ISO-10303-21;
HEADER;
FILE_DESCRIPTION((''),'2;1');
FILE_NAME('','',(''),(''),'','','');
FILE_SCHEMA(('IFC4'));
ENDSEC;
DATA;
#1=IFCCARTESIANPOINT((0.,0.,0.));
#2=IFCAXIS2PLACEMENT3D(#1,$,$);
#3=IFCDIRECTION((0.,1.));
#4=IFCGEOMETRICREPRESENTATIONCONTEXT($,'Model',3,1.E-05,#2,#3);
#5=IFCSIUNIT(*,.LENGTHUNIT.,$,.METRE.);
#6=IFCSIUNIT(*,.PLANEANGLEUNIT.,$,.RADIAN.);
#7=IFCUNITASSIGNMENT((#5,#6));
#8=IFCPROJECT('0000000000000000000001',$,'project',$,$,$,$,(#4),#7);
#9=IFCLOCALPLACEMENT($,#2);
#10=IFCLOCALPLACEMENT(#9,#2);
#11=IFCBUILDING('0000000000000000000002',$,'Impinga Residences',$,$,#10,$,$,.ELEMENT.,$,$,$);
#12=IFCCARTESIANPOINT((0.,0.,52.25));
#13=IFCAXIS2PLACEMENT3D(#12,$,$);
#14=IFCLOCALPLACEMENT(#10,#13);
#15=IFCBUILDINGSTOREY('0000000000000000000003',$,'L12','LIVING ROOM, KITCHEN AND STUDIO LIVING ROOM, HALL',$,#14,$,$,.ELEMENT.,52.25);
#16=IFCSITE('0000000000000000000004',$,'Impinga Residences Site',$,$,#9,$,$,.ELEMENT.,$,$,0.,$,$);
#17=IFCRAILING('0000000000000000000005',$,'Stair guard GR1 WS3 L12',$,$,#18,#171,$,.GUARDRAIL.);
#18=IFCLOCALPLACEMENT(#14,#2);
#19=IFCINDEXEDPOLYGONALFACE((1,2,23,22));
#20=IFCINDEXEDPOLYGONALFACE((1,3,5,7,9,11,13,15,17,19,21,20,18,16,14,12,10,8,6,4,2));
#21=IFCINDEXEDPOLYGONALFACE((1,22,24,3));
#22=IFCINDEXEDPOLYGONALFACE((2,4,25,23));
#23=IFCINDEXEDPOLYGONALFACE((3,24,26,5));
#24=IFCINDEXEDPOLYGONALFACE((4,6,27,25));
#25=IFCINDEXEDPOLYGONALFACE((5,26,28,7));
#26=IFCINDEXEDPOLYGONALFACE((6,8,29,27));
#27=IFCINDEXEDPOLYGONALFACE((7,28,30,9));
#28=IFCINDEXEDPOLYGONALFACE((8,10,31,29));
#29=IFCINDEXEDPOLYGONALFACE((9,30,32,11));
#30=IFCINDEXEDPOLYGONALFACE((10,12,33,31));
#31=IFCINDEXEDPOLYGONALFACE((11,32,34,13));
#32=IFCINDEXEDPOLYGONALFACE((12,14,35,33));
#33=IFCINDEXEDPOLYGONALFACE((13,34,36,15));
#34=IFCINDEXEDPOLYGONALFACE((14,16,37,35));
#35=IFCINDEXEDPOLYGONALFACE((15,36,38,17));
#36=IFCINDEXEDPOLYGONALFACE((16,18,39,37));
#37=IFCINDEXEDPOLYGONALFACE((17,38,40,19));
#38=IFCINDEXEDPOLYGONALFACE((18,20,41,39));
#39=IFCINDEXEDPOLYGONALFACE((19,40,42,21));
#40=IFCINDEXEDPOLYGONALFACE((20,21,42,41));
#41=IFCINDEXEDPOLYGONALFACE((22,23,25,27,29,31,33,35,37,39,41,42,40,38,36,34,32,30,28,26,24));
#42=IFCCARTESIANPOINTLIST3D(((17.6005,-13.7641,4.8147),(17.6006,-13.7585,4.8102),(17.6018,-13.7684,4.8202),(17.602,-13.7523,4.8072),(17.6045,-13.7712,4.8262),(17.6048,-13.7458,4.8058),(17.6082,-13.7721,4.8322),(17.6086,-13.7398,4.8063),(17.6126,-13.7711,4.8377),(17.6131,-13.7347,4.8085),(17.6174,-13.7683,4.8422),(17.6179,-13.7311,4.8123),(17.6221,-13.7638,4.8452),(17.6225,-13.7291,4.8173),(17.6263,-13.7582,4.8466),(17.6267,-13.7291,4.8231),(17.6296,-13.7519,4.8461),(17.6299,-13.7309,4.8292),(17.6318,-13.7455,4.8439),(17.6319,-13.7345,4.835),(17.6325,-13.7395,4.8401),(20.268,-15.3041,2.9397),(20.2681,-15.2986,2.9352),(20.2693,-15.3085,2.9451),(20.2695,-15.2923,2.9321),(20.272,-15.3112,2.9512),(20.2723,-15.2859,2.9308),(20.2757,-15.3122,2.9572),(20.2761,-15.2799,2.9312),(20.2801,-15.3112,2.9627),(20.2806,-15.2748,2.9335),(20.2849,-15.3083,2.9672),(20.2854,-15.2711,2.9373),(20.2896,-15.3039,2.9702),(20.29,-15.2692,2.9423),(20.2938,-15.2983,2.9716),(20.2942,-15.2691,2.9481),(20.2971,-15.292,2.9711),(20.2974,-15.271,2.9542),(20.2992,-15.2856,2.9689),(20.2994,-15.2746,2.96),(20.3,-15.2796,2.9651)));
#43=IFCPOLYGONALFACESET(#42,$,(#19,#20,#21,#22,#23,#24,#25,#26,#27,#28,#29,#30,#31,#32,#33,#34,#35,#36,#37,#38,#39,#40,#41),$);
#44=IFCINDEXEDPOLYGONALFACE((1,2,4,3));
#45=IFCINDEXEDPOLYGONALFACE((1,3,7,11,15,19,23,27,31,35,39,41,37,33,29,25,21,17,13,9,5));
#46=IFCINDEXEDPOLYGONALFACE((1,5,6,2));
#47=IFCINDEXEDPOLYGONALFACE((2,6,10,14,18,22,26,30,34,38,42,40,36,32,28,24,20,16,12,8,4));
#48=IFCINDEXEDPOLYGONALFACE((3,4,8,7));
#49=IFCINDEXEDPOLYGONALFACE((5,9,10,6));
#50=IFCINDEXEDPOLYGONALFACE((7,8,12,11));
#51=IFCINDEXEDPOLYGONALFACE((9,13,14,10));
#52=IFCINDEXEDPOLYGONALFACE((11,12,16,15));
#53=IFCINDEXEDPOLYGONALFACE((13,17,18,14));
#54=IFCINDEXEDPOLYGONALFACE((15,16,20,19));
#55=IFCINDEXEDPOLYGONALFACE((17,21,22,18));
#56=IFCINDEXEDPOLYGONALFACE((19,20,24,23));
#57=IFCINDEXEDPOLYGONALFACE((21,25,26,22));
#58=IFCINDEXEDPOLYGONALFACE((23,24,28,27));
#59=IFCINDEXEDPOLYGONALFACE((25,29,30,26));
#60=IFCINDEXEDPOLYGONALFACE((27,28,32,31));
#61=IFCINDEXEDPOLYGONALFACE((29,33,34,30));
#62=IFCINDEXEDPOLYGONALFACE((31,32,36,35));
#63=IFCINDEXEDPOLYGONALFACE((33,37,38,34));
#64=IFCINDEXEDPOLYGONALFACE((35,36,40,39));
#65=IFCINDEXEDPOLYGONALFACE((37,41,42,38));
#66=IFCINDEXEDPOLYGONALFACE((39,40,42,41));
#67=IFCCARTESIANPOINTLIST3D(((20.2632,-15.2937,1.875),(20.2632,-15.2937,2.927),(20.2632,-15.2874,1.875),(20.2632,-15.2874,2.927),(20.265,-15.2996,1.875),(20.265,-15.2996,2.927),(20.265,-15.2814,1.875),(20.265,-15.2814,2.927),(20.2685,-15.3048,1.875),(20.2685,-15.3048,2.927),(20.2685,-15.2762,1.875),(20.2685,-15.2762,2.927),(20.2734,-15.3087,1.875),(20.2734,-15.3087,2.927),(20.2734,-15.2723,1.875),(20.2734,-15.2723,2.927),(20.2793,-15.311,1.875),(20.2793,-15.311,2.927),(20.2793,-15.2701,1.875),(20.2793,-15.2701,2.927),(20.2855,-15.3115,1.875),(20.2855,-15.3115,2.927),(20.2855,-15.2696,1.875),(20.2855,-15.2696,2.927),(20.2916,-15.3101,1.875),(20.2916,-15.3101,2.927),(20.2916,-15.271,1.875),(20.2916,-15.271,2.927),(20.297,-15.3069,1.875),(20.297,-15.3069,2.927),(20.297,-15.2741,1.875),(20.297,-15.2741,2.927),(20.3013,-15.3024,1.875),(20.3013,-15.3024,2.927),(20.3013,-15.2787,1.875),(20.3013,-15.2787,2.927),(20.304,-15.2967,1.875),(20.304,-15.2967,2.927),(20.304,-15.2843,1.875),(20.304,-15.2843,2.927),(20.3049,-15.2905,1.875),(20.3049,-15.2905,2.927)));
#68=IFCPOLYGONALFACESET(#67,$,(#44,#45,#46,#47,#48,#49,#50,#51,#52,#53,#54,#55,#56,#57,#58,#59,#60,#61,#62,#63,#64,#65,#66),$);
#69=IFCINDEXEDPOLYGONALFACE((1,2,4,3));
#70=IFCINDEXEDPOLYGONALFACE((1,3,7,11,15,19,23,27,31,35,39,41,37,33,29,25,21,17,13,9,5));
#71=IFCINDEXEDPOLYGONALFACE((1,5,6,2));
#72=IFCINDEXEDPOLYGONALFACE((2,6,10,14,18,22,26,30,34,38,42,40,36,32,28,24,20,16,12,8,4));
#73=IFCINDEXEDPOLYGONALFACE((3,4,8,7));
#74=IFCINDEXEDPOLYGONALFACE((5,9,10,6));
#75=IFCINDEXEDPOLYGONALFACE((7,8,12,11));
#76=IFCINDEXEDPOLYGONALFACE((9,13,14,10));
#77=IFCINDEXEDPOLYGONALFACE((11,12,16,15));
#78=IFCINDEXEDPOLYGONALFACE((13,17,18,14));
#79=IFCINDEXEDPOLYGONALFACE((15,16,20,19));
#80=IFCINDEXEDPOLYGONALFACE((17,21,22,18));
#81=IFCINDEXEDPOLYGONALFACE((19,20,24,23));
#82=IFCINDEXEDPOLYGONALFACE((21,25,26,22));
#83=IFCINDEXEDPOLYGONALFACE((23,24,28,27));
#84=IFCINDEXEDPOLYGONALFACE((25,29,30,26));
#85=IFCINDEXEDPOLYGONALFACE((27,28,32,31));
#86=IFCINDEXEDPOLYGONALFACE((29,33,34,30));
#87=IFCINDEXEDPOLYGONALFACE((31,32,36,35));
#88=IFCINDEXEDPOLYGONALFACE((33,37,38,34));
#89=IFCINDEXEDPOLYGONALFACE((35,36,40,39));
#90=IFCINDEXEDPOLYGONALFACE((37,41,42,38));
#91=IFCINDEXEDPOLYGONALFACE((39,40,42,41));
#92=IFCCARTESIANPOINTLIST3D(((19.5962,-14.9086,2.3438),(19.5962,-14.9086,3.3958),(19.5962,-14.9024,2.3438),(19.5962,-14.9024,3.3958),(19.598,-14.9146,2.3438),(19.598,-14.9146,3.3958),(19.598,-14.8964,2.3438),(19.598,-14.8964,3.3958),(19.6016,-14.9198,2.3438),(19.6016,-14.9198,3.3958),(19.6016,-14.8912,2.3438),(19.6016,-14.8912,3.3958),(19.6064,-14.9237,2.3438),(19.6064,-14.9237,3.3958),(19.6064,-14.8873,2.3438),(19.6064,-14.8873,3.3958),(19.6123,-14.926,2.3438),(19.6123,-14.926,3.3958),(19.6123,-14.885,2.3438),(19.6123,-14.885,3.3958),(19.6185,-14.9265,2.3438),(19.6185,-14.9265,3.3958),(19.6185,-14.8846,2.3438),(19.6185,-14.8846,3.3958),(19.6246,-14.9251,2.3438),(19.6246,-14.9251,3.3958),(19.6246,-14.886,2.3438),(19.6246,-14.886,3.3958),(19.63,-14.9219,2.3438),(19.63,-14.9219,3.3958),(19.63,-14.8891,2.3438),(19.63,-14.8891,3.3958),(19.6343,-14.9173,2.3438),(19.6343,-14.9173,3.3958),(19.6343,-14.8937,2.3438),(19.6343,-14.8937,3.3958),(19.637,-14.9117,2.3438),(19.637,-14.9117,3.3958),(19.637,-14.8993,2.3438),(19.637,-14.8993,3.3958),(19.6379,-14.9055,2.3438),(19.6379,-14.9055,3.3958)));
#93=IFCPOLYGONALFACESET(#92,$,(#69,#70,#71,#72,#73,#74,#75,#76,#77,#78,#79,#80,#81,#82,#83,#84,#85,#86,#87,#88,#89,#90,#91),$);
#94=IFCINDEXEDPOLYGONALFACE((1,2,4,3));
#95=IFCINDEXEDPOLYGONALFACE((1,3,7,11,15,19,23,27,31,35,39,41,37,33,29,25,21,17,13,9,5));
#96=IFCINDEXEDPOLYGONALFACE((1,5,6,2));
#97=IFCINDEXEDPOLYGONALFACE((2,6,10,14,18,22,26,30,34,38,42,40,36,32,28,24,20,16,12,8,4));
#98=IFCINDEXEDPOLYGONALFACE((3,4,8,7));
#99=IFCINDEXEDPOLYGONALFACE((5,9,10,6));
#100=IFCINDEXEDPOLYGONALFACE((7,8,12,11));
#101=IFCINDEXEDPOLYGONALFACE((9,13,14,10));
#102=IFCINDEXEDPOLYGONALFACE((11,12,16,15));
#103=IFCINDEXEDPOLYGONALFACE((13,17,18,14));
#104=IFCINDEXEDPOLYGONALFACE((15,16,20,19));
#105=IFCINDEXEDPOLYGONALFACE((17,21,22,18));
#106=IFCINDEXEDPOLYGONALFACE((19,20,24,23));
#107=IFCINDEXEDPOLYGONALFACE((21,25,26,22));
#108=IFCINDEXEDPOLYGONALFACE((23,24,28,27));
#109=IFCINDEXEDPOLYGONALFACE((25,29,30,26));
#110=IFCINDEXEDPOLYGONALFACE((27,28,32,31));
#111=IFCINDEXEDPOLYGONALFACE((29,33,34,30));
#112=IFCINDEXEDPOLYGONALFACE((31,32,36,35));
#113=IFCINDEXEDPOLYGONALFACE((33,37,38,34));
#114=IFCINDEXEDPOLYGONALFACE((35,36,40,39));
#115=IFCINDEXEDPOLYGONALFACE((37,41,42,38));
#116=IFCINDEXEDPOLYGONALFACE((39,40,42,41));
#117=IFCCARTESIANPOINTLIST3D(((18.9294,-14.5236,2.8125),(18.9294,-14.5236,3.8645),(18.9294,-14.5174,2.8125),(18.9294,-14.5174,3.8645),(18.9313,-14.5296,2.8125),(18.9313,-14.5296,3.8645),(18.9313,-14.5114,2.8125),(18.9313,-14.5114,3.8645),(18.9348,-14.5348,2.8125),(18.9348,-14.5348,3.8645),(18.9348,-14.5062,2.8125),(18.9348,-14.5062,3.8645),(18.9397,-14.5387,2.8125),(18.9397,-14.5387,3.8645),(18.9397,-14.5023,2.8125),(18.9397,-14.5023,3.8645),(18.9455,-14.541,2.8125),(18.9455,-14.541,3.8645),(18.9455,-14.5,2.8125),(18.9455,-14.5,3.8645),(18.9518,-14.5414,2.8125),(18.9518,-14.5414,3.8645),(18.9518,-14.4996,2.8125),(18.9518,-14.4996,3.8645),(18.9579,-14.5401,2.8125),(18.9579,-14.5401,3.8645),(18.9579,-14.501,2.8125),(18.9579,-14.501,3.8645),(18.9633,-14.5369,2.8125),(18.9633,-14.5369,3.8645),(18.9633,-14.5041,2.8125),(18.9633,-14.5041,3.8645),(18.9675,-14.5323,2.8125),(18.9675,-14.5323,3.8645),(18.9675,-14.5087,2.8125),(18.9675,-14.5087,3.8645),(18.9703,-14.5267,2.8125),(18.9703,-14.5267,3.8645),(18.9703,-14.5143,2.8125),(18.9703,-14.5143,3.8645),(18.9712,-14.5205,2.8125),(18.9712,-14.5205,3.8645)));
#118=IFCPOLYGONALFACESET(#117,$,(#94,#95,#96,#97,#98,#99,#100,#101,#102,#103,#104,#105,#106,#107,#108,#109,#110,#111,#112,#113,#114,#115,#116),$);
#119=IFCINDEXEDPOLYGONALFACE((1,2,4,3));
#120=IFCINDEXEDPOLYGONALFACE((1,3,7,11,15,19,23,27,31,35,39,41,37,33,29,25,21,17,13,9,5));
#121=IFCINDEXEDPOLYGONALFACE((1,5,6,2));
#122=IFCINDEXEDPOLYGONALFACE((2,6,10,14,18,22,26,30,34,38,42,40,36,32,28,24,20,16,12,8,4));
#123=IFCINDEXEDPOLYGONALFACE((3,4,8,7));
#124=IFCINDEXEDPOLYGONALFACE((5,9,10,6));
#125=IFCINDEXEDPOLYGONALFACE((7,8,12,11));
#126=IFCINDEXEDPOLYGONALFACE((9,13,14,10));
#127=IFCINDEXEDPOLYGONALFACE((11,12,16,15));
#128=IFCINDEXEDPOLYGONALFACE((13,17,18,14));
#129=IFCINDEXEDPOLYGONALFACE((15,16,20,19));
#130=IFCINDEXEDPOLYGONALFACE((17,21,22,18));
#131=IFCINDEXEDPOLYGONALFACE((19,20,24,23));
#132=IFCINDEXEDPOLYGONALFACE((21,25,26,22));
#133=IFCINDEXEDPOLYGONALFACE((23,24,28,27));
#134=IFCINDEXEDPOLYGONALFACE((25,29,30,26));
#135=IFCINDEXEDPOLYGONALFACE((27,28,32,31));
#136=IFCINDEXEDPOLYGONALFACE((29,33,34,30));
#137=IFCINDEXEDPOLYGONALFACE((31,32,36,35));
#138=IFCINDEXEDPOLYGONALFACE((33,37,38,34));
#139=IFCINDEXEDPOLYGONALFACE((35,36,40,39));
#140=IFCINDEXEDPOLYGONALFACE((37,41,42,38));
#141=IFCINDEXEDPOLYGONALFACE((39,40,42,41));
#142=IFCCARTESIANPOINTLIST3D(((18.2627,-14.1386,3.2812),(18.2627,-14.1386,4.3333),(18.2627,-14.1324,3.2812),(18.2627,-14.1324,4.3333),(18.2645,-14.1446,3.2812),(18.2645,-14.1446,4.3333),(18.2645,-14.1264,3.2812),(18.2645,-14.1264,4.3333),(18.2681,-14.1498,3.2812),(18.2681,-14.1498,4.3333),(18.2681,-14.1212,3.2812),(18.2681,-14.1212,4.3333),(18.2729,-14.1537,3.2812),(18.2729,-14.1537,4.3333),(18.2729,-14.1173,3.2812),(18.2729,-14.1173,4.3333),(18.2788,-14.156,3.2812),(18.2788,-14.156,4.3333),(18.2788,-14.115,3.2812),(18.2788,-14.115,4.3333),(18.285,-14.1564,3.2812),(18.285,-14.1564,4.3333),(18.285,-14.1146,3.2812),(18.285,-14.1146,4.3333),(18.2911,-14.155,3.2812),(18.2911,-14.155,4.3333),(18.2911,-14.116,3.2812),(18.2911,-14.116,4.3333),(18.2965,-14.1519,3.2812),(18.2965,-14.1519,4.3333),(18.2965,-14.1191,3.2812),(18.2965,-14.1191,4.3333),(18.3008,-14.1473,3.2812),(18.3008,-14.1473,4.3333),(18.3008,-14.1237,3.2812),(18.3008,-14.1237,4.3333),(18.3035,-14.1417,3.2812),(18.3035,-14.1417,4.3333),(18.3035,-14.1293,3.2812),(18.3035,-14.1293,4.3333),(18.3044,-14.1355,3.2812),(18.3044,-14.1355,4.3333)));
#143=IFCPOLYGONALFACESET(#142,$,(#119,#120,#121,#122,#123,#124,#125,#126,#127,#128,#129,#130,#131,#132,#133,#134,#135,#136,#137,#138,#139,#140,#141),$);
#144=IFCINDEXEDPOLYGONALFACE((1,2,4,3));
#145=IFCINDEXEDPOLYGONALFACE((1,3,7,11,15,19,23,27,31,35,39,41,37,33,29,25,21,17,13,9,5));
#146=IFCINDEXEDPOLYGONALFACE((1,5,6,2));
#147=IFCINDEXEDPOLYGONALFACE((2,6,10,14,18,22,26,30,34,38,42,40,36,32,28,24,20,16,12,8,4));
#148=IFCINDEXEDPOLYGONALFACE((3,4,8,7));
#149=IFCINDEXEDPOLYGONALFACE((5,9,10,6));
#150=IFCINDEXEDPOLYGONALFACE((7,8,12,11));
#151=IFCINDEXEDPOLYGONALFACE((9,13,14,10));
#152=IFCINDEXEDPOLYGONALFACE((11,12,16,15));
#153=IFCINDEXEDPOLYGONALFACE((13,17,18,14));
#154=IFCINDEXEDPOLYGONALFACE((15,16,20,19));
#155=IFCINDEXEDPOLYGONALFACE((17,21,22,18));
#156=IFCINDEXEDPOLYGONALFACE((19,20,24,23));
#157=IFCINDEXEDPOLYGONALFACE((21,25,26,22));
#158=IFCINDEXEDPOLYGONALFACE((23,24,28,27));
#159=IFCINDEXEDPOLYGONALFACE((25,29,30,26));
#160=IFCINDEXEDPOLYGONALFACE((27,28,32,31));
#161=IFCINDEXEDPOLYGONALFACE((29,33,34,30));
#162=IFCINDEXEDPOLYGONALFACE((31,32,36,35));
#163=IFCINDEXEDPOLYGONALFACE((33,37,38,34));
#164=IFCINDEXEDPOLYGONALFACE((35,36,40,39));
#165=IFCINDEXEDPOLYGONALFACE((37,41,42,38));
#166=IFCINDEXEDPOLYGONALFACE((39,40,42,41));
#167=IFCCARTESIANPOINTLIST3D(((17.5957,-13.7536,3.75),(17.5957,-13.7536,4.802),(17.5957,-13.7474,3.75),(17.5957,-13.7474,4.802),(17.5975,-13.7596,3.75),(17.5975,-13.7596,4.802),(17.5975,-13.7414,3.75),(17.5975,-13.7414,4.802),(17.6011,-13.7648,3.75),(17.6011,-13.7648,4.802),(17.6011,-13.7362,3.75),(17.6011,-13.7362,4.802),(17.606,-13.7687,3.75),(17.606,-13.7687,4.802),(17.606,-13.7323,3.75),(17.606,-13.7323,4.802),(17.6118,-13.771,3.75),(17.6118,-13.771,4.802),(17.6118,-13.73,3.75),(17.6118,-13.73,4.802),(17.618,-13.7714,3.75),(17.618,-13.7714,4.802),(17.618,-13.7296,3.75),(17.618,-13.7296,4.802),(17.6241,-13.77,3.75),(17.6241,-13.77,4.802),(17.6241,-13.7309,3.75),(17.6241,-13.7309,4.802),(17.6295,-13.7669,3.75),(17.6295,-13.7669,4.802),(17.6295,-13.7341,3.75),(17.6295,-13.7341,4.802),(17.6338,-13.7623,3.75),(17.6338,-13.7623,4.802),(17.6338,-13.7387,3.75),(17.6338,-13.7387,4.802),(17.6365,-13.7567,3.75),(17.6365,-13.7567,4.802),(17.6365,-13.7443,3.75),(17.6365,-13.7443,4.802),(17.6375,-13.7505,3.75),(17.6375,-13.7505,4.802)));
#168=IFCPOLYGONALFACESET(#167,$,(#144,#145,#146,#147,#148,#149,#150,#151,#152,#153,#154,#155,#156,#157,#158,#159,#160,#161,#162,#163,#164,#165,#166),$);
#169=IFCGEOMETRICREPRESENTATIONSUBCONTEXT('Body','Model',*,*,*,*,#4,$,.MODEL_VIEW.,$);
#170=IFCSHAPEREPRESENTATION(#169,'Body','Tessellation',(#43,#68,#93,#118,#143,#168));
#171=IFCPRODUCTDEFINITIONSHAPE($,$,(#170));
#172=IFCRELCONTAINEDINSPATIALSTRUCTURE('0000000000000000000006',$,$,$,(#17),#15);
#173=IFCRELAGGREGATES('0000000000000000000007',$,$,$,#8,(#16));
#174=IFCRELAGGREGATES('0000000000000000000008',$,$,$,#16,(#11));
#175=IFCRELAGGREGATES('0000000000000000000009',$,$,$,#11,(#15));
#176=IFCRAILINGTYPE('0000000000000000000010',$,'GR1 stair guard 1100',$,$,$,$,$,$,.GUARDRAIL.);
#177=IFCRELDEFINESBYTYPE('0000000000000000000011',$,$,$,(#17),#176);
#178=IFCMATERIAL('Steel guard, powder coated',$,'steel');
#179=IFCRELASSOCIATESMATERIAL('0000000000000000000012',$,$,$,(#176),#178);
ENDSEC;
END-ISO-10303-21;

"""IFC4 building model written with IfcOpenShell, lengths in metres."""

from ifc_helpers import new_model, si_unit, direction, frame, origin, origin_2d, place, context, subcontext, project, spatial, circle, extrude, material, type_object, element, save


model = new_model("IFC4")

# Units and contexts
model_context = context("Model", 3, precision=1e-05, world=origin(), true_north=direction((0.0, 1.0)))
body_context = subcontext(model_context, "Body", "Model", "MODEL_VIEW")
ifc_project = project(units=[si_unit("LENGTHUNIT", "METRE"), si_unit("PLANEANGLEUNIT", "RADIAN")], contexts=[model_context])

# Site, building, storey
site_placement = place(None, origin())
site = spatial("IfcSite", under=ifc_project, at=site_placement, Name="Impinga Residences Site", CompositionType="ELEMENT", RefElevation=0.0)
building_placement = place(site_placement, origin())
building = spatial("IfcBuilding", under=site, at=building_placement, Name="Impinga Residences", CompositionType="ELEMENT")
storey_placement = place(building_placement, frame((0.0, 0.0, 52.25)))
storey = spatial("IfcBuildingStorey", under=building, at=storey_placement, Name="L12", Description="LIVING ROOM, KITCHEN AND STUDIO LIVING ROOM, HALL", CompositionType="ELEMENT", Elevation=52.25)

# Railing
ifc_material_1 = material(Name="Steel guard, powder coated", Category="steel")
railing_type_1 = type_object("IfcRailingType", Name="GR1 stair guard 1100", PredefinedType="GUARDRAIL", material=ifc_material_1)
railing_1_placement = place(storey_placement, frame((20.2839, -15.2905, 1.875)))
element("IfcRailing", 1, at=railing_1_placement, inside=storey, type_object=railing_type_1, Name="Stair guard GR1 WS3 L12", PredefinedType="GUARDRAIL", context=body_context, shape_type="SweptSolid", body=[
    extrude(circle(Radius=0.0239, at=origin_2d()), frame((0.0, 0.0, 1.0762), z_axis=(-0.739746, 0.427084, 0.519975), x_axis=(-0.499992, -0.86603, 0.0)), (0.0, 0.0, 1.0), 3.606),
    extrude(circle(Radius=0.021, at=origin_2d()), origin(), (0.0, 0.0, 1.0), 1.052),
    extrude(circle(Radius=0.021, at=origin_2d()), frame((-0.667, 0.385, 0.4688)), (0.0, 0.0, 1.0), 1.052),
    extrude(circle(Radius=0.021, at=origin_2d()), frame((-1.3337, 0.77, 0.9375)), (0.0, 0.0, 1.0), 1.052),
    extrude(circle(Radius=0.021, at=origin_2d()), frame((-2.0005, 1.155, 1.4062)), (0.0, 0.0, 1.0), 1.052),
    extrude(circle(Radius=0.021, at=origin_2d()), frame((-2.6675, 1.54, 1.875)), (0.0, 0.0, 1.0), 1.052),
])

save(model, "model.ifc")
